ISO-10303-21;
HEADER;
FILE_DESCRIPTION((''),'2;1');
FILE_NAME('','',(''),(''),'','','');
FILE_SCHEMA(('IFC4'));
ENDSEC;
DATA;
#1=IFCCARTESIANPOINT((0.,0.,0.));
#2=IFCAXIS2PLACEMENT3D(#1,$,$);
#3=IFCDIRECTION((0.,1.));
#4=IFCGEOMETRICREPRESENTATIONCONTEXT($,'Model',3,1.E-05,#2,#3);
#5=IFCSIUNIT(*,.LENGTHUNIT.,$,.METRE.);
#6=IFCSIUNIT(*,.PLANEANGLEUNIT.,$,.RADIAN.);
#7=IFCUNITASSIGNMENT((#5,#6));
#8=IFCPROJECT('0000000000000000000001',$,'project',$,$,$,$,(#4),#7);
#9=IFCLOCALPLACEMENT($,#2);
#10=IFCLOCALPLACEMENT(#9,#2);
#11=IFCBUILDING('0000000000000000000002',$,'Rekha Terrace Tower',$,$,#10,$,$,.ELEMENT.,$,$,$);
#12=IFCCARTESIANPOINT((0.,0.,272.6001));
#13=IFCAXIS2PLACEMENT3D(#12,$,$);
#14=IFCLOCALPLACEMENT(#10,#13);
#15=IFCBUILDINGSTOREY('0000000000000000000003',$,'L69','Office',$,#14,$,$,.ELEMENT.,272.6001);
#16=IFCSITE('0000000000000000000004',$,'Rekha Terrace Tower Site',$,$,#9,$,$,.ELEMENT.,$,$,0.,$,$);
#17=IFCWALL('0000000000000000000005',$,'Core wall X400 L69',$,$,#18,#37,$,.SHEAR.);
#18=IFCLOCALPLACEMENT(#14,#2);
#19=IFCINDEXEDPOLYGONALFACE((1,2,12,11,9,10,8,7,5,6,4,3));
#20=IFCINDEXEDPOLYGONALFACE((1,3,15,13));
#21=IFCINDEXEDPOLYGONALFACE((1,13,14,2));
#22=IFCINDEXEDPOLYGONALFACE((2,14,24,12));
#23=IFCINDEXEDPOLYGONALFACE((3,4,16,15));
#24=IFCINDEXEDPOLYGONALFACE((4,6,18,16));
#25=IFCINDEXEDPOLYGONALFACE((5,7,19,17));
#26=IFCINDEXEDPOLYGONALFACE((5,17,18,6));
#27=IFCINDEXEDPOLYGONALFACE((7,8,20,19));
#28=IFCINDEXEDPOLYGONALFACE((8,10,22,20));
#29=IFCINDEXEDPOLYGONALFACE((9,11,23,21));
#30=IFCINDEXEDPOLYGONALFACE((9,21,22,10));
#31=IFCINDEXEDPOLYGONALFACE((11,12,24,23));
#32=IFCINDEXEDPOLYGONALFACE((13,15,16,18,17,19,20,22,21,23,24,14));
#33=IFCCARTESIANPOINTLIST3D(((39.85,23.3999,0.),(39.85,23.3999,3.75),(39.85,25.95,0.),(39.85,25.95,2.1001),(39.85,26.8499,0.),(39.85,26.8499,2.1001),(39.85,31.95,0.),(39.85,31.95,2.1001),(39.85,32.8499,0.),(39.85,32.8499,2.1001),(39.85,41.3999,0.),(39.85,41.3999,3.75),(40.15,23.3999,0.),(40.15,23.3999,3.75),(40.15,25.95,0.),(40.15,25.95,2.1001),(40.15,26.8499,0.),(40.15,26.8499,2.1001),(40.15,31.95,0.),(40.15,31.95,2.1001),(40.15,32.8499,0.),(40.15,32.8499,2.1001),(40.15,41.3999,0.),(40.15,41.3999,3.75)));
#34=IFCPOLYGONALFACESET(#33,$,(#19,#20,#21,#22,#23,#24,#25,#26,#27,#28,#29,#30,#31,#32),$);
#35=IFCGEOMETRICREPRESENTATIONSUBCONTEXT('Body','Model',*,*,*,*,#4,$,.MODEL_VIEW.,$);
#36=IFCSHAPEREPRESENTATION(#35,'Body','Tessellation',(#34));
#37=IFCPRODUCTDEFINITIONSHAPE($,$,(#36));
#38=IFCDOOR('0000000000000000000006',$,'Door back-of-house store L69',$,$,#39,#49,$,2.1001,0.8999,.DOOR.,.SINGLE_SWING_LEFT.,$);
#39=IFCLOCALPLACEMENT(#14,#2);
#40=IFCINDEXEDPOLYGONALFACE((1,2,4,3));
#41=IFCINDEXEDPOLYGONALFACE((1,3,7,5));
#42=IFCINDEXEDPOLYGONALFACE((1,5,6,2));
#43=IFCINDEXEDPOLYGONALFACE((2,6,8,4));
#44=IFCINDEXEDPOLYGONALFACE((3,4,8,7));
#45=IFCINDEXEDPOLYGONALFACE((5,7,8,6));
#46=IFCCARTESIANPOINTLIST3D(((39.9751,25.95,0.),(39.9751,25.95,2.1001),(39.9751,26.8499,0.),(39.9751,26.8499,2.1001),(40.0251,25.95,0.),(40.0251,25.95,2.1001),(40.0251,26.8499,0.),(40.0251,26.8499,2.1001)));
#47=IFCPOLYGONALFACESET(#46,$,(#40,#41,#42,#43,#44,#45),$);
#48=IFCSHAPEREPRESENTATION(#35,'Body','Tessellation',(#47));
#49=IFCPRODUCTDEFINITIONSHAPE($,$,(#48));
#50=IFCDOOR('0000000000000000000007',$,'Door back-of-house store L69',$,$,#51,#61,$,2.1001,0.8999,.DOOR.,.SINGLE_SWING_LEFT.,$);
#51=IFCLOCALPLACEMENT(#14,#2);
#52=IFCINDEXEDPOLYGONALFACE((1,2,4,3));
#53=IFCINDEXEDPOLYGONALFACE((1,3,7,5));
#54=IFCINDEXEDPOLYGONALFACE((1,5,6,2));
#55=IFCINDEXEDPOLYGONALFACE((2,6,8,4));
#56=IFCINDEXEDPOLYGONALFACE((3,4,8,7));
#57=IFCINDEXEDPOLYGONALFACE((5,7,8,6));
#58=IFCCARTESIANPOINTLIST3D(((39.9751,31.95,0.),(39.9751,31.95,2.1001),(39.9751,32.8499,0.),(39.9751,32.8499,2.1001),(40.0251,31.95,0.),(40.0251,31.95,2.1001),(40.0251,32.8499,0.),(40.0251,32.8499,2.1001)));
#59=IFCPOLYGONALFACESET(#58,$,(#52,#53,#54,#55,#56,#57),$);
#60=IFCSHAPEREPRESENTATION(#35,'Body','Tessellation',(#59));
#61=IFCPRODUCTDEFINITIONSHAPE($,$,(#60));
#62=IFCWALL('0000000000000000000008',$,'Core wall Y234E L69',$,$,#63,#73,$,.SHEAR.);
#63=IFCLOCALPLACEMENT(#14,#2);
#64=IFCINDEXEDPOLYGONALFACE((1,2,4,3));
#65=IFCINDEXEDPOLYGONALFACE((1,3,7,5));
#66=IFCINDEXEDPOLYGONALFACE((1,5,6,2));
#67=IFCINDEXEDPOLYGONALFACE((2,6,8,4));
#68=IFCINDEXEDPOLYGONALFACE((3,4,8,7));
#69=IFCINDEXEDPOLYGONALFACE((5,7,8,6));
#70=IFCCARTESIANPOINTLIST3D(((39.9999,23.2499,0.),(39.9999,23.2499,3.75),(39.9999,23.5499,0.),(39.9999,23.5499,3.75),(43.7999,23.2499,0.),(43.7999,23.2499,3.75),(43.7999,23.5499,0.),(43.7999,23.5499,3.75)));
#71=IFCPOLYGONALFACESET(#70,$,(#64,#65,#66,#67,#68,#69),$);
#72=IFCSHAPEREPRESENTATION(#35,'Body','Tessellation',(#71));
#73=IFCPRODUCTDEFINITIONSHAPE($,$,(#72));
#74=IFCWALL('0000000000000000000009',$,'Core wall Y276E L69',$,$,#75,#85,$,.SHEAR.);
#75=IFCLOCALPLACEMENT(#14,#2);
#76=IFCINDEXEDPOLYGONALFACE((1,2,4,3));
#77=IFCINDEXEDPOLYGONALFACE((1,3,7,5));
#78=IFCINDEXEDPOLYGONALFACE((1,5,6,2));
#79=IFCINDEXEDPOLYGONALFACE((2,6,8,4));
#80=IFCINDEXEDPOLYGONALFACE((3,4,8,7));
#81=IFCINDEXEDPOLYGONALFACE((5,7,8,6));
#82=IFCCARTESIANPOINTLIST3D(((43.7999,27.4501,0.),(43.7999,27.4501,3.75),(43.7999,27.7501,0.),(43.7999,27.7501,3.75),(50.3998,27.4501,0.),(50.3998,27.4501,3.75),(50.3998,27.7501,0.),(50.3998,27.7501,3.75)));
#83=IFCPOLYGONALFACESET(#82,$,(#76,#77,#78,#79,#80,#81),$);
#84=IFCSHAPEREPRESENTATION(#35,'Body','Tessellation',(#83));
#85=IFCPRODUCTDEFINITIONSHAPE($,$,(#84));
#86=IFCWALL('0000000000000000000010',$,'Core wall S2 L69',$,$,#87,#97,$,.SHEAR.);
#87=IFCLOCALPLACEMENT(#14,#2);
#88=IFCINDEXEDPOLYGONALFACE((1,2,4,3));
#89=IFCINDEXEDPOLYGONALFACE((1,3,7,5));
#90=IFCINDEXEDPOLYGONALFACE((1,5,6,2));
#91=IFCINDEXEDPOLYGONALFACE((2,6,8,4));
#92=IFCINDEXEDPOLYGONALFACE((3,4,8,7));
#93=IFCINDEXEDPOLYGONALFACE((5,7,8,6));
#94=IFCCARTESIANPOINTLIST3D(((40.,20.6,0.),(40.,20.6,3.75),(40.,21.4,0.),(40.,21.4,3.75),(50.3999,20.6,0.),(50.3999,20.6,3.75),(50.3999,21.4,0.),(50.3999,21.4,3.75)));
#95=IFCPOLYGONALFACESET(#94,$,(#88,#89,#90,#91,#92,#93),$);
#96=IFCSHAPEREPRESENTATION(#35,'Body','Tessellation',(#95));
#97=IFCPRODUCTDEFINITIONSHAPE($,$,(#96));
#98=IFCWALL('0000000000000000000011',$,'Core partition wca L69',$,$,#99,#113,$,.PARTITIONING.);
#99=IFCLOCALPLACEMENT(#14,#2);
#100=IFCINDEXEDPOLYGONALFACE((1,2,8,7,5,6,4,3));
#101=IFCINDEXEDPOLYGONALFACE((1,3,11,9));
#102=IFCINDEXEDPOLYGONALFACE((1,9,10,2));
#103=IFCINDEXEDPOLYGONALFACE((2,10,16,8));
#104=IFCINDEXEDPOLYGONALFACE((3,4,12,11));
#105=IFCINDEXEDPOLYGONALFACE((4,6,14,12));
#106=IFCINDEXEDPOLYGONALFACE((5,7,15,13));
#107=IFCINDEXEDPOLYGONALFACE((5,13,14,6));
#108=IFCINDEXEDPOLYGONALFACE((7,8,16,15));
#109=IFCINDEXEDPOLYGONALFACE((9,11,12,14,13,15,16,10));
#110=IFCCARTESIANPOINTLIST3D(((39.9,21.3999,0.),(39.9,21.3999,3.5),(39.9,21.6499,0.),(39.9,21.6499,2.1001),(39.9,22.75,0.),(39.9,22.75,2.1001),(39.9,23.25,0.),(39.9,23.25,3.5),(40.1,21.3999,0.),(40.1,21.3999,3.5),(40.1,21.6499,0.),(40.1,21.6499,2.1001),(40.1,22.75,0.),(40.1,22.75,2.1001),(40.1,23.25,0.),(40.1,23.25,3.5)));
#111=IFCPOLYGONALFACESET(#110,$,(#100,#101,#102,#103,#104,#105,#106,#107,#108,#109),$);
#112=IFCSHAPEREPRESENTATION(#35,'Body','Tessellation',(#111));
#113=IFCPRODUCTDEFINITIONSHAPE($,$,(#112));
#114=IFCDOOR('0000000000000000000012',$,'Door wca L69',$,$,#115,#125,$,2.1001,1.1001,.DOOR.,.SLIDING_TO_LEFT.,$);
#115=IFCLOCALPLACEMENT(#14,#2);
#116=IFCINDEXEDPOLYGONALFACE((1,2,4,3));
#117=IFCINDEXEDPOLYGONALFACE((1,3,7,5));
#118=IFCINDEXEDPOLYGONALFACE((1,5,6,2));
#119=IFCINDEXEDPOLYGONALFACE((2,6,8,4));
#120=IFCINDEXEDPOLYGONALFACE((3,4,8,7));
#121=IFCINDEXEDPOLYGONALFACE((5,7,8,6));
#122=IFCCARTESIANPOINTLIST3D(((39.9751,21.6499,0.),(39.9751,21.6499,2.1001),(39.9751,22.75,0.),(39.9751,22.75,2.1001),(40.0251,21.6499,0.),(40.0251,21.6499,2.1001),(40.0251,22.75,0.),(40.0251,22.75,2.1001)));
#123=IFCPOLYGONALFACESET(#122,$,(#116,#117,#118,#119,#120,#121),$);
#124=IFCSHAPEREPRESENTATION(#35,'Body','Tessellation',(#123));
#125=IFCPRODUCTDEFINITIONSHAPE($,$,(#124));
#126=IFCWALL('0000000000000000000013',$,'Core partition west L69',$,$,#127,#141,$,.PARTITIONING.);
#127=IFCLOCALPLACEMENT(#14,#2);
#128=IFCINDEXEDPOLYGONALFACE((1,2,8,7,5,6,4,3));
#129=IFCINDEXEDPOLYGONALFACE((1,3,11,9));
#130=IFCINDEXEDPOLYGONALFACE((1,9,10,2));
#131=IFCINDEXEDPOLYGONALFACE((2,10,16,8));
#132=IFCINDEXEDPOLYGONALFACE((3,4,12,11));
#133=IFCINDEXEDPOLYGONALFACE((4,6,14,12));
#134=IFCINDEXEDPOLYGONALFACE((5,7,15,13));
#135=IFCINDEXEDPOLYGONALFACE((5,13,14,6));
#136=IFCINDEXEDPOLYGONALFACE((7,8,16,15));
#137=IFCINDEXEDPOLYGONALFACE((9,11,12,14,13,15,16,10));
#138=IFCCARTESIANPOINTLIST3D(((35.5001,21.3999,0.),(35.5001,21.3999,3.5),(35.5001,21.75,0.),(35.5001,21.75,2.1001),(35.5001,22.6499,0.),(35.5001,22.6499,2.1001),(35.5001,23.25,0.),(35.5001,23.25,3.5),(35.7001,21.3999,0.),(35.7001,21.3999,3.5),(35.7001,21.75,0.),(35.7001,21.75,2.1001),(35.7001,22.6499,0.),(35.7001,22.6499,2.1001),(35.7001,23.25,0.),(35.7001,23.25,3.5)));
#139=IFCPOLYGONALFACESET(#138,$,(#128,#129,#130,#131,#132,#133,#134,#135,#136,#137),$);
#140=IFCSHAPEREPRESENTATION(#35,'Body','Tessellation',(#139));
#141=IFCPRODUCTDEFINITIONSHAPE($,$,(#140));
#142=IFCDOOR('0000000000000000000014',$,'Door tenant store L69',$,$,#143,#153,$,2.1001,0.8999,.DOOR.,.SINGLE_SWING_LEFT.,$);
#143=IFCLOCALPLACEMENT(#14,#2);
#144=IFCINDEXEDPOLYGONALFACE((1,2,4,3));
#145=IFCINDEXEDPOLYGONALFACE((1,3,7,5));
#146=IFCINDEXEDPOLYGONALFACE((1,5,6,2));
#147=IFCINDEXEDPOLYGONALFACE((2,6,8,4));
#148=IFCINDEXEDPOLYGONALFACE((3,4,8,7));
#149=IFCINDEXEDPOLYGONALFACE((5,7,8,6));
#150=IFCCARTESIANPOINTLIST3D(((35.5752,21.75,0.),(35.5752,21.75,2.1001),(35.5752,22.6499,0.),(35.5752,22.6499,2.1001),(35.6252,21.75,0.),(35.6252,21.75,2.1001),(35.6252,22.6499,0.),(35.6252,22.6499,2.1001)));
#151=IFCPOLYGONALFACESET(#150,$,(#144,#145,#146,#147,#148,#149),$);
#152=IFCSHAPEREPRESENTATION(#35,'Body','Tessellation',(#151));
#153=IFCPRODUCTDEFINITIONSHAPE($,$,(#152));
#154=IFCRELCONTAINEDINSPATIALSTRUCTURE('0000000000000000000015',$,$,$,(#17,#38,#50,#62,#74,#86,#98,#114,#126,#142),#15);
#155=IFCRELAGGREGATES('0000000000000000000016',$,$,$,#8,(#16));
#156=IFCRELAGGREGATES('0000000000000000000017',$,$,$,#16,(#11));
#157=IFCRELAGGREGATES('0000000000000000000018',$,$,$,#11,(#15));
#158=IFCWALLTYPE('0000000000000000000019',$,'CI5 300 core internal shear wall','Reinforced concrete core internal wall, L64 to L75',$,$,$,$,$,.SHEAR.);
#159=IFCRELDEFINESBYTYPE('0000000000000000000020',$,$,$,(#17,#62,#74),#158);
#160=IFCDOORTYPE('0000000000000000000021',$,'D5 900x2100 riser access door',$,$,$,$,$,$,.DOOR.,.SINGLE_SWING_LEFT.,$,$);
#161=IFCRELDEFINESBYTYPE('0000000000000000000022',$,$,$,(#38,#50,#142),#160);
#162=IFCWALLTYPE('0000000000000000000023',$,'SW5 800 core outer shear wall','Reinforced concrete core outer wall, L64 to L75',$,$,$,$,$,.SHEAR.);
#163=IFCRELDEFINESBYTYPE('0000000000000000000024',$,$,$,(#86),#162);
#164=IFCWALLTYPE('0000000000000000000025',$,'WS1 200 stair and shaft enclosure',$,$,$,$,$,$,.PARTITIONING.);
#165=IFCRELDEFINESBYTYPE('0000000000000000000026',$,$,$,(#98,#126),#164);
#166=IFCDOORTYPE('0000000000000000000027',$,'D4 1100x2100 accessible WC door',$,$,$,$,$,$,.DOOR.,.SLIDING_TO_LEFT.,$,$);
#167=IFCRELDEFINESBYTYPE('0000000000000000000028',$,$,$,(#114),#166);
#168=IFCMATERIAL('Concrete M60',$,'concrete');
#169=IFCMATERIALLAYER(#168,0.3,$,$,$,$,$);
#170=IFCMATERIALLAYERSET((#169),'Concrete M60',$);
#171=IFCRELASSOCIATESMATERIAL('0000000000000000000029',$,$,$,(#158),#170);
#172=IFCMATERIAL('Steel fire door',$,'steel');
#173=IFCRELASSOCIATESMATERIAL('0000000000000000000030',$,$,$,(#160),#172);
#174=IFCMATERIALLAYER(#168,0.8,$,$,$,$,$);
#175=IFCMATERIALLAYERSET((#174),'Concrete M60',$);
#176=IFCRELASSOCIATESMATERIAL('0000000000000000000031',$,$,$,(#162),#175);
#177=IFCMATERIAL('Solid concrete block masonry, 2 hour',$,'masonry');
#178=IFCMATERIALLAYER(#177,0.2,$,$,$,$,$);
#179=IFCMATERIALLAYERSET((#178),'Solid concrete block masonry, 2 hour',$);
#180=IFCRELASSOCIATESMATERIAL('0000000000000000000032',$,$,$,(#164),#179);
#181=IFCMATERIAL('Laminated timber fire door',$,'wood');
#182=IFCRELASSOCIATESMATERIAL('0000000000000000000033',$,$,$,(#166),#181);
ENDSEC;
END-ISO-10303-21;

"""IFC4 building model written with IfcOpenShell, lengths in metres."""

from ifc_helpers import new_model, si_unit, direction, frame, frame_2d, origin, place, context, subcontext, project, spatial, rectangle, extrude, material, layer, layer_set, type_object, element, fill, save


model = new_model("IFC4")

# Units and contexts
model_context = context("Model", 3, precision=1e-05, world=origin(), true_north=direction((0.0, 1.0)))
body_context = subcontext(model_context, "Body", "Model", "MODEL_VIEW")
ifc_project = project(units=[si_unit("LENGTHUNIT", "METRE"), si_unit("PLANEANGLEUNIT", "RADIAN")], contexts=[model_context])

# Site, building, storey
site_placement = place(None, origin())
site = spatial("IfcSite", under=ifc_project, at=site_placement, Name="Rekha Terrace Tower Site", CompositionType="ELEMENT", RefElevation=0.0)
building_placement = place(site_placement, origin())
building = spatial("IfcBuilding", under=site, at=building_placement, Name="Rekha Terrace Tower", CompositionType="ELEMENT")
storey_placement = place(building_placement, frame((0.0, 0.0, 272.6001)))
storey = spatial("IfcBuildingStorey", under=building, at=storey_placement, Name="L69", Description="Office", CompositionType="ELEMENT", Elevation=272.6001)

# Shared definitions
ifc_material_1 = material(Name="Concrete M60", Category="concrete")

# Shared definitions
ifc_layer_1 = layer(ifc_material_1, 0.3)
ifc_layer_set_1 = layer_set([ifc_layer_1], Name="Concrete M60")
wall_type_1 = type_object("IfcWallType", Name="CI5 300 core internal shear wall", Description="Reinforced concrete core internal wall, L64 to L75", PredefinedType="SHEAR", material=ifc_layer_set_1)

# Wall, openings, doors
wall_1_placement = place(storey_placement, frame((40.0, 23.3999, 0.0), z_axis=(0.0, 0.0, 1.0), x_axis=(0.0, 1.0, 0.0)))
wall_1 = element("IfcWall", 1, at=wall_1_placement, inside=storey, type_object=wall_type_1, Name="Core wall X400 L69", PredefinedType="SHEAR", context=body_context, shape_type="SweptSolid", body=[
    extrude(rectangle(XDim=18.0, YDim=0.3, at=frame_2d((9.0, 0.0))), origin(), (0.0, 0.0, 1.0), 3.75),
])
opening_1_placement = place(wall_1_placement, frame((2.55, 0.0, 0.0)))
opening_1 = element("IfcOpeningElement", 2, at=opening_1_placement, cuts=wall_1, PredefinedType="OPENING", context=body_context, shape_type="SweptSolid", body=[
    extrude(rectangle(XDim=0.8999, YDim=2.1001, at=frame_2d((0.45, 1.05))), frame((0.0, 0.1599, 0.0), z_axis=(0.0, -1.0, 0.0), x_axis=(1.0, 0.0, 0.0)), (0.0, 0.0, 1.0), 0.3201),
])
opening_2_placement = place(wall_1_placement, frame((8.55, 0.0, 0.0)))
opening_2 = element("IfcOpeningElement", 3, at=opening_2_placement, cuts=wall_1, PredefinedType="OPENING", context=body_context, shape_type="SweptSolid", body=[
    extrude(rectangle(XDim=0.8999, YDim=2.1001, at=frame_2d((0.45, 1.05))), frame((0.0, 0.1599, 0.0), z_axis=(0.0, -1.0, 0.0), x_axis=(1.0, 0.0, 0.0)), (0.0, 0.0, 1.0), 0.3201),
])
ifc_material_2 = material(Name="Steel fire door", Category="steel")
door_type_1 = type_object("IfcDoorType", Name="D5 900x2100 riser access door", OperationType="SINGLE_SWING_LEFT", PredefinedType="DOOR", material=ifc_material_2)
door_1_placement = place(opening_1_placement, origin())
door_1 = element("IfcDoor", 4, at=door_1_placement, inside=storey, type_object=door_type_1, Name="Door back-of-house store L69", OperationType="SINGLE_SWING_LEFT", OverallHeight=2.1001, OverallWidth=0.8999, PredefinedType="DOOR", context=body_context, shape_type="SweptSolid", body=[
    extrude(rectangle(XDim=0.8999, YDim=2.1001, at=frame_2d((0.45, 1.05))), frame((0.0, 0.0249, 0.0), z_axis=(0.0, -1.0, 0.0), x_axis=(1.0, 0.0, 0.0)), (0.0, 0.0, 1.0), 0.05),
])
fill(opening_1, door_1)
door_2_placement = place(opening_2_placement, origin())
door_2 = element("IfcDoor", 5, at=door_2_placement, inside=storey, type_object=door_type_1, Name="Door back-of-house store L69", OperationType="SINGLE_SWING_LEFT", OverallHeight=2.1001, OverallWidth=0.8999, PredefinedType="DOOR", context=body_context, shape_type="SweptSolid", body=[
    extrude(rectangle(XDim=0.8999, YDim=2.1001, at=frame_2d((0.45, 1.05))), frame((0.0, 0.0249, 0.0), z_axis=(0.0, -1.0, 0.0), x_axis=(1.0, 0.0, 0.0)), (0.0, 0.0, 1.0), 0.05),
])
fill(opening_2, door_2)

# Walls
wall_2_placement = place(storey_placement, frame((40.0, 23.3999, 0.0), z_axis=(0.0, 0.0, 1.0), x_axis=(1.0, 0.0, 0.0)))
element("IfcWall", 6, at=wall_2_placement, inside=storey, type_object=wall_type_1, Name="Core wall Y234E L69", PredefinedType="SHEAR", context=body_context, shape_type="SweptSolid", body=[
    extrude(rectangle(XDim=3.8, YDim=0.3, at=frame_2d((1.8999, 0.0))), origin(), (0.0, 0.0, 1.0), 3.75),
])
wall_3_placement = place(storey_placement, frame((43.8, 27.6001, 0.0), z_axis=(0.0, 0.0, 1.0), x_axis=(1.0, 0.0, 0.0)))
element("IfcWall", 7, at=wall_3_placement, inside=storey, type_object=wall_type_1, Name="Core wall Y276E L69", PredefinedType="SHEAR", context=body_context, shape_type="SweptSolid", body=[
    extrude(rectangle(XDim=6.5999, YDim=0.3, at=frame_2d((3.2998, 0.0))), origin(), (0.0, 0.0, 1.0), 3.75),
])
ifc_layer_2 = layer(ifc_material_1, 0.8)
ifc_layer_set_2 = layer_set([ifc_layer_2], Name="Concrete M60")
wall_type_2 = type_object("IfcWallType", Name="SW5 800 core outer shear wall", Description="Reinforced concrete core outer wall, L64 to L75", PredefinedType="SHEAR", material=ifc_layer_set_2)
wall_4_placement = place(storey_placement, frame((40.0, 21.0, 0.0), z_axis=(0.0, 0.0, 1.0), x_axis=(1.0, 0.0, 0.0)))
element("IfcWall", 8, at=wall_4_placement, inside=storey, type_object=wall_type_2, Name="Core wall S2 L69", PredefinedType="SHEAR", context=body_context, shape_type="SweptSolid", body=[
    extrude(rectangle(XDim=10.3999, YDim=0.8, at=frame_2d((5.2, 0.0))), origin(), (0.0, 0.0, 1.0), 3.75),
])

# Walls, openings, doors
ifc_material_3 = material(Name="Solid concrete block masonry, 2 hour", Category="masonry")
ifc_layer_3 = layer(ifc_material_3, 0.2)
ifc_layer_set_3 = layer_set([ifc_layer_3], Name="Solid concrete block masonry, 2 hour")
wall_type_3 = type_object("IfcWallType", Name="WS1 200 stair and shaft enclosure", PredefinedType="PARTITIONING", material=ifc_layer_set_3)
wall_5_placement = place(storey_placement, frame((40.0, 21.3999, 0.0), z_axis=(0.0, 0.0, 1.0), x_axis=(0.0, 1.0, 0.0)))
wall_5 = element("IfcWall", 9, at=wall_5_placement, inside=storey, type_object=wall_type_3, Name="Core partition wca L69", PredefinedType="PARTITIONING", context=body_context, shape_type="SweptSolid", body=[
    extrude(rectangle(XDim=1.8501, YDim=0.2, at=frame_2d((0.925, 0.0))), origin(), (0.0, 0.0, 1.0), 3.5),
])
opening_3_placement = place(wall_5_placement, frame((0.25, 0.0, 0.0)))
opening_3 = element("IfcOpeningElement", 10, at=opening_3_placement, cuts=wall_5, PredefinedType="OPENING", context=body_context, shape_type="SweptSolid", body=[
    extrude(rectangle(XDim=1.1001, YDim=2.1001, at=frame_2d((0.55, 1.05))), frame((0.0, 0.1099, 0.0), z_axis=(0.0, -1.0, 0.0), x_axis=(1.0, 0.0, 0.0)), (0.0, 0.0, 1.0), 0.22),
])
ifc_material_4 = material(Name="Laminated timber fire door", Category="wood")
door_type_2 = type_object("IfcDoorType", Name="D4 1100x2100 accessible WC door", OperationType="SLIDING_TO_LEFT", PredefinedType="DOOR", material=ifc_material_4)
door_3_placement = place(opening_3_placement, origin())
door_3 = element("IfcDoor", 11, at=door_3_placement, inside=storey, type_object=door_type_2, Name="Door wca L69", OperationType="SLIDING_TO_LEFT", OverallHeight=2.1001, OverallWidth=1.1001, PredefinedType="DOOR", context=body_context, shape_type="SweptSolid", body=[
    extrude(rectangle(XDim=1.1001, YDim=2.1001, at=frame_2d((0.55, 1.05))), frame((0.0, 0.0249, 0.0), z_axis=(0.0, -1.0, 0.0), x_axis=(1.0, 0.0, 0.0)), (0.0, 0.0, 1.0), 0.05),
])
fill(opening_3, door_3)
wall_6_placement = place(storey_placement, frame((35.6001, 21.3999, 0.0), z_axis=(0.0, 0.0, 1.0), x_axis=(0.0, 1.0, 0.0)))
wall_6 = element("IfcWall", 12, at=wall_6_placement, inside=storey, type_object=wall_type_3, Name="Core partition west L69", PredefinedType="PARTITIONING", context=body_context, shape_type="SweptSolid", body=[
    extrude(rectangle(XDim=1.8501, YDim=0.2, at=frame_2d((0.925, 0.0))), origin(), (0.0, 0.0, 1.0), 3.5),
])
opening_4_placement = place(wall_6_placement, frame((0.3501, 0.0, 0.0)))
opening_4 = element("IfcOpeningElement", 13, at=opening_4_placement, cuts=wall_6, PredefinedType="OPENING", context=body_context, shape_type="SweptSolid", body=[
    extrude(rectangle(XDim=0.8999, YDim=2.1001, at=frame_2d((0.45, 1.05))), frame((0.0, 0.1099, 0.0), z_axis=(0.0, -1.0, 0.0), x_axis=(1.0, 0.0, 0.0)), (0.0, 0.0, 1.0), 0.22),
])
door_4_placement = place(opening_4_placement, origin())
door_4 = element("IfcDoor", 14, at=door_4_placement, inside=storey, type_object=door_type_1, Name="Door tenant store L69", OperationType="SINGLE_SWING_LEFT", OverallHeight=2.1001, OverallWidth=0.8999, PredefinedType="DOOR", context=body_context, shape_type="SweptSolid", body=[
    extrude(rectangle(XDim=0.8999, YDim=2.1001, at=frame_2d((0.45, 1.05))), frame((0.0, 0.0249, 0.0), z_axis=(0.0, -1.0, 0.0), x_axis=(1.0, 0.0, 0.0)), (0.0, 0.0, 1.0), 0.05),
])
fill(opening_4, door_4)

save(model, "model.ifc")
